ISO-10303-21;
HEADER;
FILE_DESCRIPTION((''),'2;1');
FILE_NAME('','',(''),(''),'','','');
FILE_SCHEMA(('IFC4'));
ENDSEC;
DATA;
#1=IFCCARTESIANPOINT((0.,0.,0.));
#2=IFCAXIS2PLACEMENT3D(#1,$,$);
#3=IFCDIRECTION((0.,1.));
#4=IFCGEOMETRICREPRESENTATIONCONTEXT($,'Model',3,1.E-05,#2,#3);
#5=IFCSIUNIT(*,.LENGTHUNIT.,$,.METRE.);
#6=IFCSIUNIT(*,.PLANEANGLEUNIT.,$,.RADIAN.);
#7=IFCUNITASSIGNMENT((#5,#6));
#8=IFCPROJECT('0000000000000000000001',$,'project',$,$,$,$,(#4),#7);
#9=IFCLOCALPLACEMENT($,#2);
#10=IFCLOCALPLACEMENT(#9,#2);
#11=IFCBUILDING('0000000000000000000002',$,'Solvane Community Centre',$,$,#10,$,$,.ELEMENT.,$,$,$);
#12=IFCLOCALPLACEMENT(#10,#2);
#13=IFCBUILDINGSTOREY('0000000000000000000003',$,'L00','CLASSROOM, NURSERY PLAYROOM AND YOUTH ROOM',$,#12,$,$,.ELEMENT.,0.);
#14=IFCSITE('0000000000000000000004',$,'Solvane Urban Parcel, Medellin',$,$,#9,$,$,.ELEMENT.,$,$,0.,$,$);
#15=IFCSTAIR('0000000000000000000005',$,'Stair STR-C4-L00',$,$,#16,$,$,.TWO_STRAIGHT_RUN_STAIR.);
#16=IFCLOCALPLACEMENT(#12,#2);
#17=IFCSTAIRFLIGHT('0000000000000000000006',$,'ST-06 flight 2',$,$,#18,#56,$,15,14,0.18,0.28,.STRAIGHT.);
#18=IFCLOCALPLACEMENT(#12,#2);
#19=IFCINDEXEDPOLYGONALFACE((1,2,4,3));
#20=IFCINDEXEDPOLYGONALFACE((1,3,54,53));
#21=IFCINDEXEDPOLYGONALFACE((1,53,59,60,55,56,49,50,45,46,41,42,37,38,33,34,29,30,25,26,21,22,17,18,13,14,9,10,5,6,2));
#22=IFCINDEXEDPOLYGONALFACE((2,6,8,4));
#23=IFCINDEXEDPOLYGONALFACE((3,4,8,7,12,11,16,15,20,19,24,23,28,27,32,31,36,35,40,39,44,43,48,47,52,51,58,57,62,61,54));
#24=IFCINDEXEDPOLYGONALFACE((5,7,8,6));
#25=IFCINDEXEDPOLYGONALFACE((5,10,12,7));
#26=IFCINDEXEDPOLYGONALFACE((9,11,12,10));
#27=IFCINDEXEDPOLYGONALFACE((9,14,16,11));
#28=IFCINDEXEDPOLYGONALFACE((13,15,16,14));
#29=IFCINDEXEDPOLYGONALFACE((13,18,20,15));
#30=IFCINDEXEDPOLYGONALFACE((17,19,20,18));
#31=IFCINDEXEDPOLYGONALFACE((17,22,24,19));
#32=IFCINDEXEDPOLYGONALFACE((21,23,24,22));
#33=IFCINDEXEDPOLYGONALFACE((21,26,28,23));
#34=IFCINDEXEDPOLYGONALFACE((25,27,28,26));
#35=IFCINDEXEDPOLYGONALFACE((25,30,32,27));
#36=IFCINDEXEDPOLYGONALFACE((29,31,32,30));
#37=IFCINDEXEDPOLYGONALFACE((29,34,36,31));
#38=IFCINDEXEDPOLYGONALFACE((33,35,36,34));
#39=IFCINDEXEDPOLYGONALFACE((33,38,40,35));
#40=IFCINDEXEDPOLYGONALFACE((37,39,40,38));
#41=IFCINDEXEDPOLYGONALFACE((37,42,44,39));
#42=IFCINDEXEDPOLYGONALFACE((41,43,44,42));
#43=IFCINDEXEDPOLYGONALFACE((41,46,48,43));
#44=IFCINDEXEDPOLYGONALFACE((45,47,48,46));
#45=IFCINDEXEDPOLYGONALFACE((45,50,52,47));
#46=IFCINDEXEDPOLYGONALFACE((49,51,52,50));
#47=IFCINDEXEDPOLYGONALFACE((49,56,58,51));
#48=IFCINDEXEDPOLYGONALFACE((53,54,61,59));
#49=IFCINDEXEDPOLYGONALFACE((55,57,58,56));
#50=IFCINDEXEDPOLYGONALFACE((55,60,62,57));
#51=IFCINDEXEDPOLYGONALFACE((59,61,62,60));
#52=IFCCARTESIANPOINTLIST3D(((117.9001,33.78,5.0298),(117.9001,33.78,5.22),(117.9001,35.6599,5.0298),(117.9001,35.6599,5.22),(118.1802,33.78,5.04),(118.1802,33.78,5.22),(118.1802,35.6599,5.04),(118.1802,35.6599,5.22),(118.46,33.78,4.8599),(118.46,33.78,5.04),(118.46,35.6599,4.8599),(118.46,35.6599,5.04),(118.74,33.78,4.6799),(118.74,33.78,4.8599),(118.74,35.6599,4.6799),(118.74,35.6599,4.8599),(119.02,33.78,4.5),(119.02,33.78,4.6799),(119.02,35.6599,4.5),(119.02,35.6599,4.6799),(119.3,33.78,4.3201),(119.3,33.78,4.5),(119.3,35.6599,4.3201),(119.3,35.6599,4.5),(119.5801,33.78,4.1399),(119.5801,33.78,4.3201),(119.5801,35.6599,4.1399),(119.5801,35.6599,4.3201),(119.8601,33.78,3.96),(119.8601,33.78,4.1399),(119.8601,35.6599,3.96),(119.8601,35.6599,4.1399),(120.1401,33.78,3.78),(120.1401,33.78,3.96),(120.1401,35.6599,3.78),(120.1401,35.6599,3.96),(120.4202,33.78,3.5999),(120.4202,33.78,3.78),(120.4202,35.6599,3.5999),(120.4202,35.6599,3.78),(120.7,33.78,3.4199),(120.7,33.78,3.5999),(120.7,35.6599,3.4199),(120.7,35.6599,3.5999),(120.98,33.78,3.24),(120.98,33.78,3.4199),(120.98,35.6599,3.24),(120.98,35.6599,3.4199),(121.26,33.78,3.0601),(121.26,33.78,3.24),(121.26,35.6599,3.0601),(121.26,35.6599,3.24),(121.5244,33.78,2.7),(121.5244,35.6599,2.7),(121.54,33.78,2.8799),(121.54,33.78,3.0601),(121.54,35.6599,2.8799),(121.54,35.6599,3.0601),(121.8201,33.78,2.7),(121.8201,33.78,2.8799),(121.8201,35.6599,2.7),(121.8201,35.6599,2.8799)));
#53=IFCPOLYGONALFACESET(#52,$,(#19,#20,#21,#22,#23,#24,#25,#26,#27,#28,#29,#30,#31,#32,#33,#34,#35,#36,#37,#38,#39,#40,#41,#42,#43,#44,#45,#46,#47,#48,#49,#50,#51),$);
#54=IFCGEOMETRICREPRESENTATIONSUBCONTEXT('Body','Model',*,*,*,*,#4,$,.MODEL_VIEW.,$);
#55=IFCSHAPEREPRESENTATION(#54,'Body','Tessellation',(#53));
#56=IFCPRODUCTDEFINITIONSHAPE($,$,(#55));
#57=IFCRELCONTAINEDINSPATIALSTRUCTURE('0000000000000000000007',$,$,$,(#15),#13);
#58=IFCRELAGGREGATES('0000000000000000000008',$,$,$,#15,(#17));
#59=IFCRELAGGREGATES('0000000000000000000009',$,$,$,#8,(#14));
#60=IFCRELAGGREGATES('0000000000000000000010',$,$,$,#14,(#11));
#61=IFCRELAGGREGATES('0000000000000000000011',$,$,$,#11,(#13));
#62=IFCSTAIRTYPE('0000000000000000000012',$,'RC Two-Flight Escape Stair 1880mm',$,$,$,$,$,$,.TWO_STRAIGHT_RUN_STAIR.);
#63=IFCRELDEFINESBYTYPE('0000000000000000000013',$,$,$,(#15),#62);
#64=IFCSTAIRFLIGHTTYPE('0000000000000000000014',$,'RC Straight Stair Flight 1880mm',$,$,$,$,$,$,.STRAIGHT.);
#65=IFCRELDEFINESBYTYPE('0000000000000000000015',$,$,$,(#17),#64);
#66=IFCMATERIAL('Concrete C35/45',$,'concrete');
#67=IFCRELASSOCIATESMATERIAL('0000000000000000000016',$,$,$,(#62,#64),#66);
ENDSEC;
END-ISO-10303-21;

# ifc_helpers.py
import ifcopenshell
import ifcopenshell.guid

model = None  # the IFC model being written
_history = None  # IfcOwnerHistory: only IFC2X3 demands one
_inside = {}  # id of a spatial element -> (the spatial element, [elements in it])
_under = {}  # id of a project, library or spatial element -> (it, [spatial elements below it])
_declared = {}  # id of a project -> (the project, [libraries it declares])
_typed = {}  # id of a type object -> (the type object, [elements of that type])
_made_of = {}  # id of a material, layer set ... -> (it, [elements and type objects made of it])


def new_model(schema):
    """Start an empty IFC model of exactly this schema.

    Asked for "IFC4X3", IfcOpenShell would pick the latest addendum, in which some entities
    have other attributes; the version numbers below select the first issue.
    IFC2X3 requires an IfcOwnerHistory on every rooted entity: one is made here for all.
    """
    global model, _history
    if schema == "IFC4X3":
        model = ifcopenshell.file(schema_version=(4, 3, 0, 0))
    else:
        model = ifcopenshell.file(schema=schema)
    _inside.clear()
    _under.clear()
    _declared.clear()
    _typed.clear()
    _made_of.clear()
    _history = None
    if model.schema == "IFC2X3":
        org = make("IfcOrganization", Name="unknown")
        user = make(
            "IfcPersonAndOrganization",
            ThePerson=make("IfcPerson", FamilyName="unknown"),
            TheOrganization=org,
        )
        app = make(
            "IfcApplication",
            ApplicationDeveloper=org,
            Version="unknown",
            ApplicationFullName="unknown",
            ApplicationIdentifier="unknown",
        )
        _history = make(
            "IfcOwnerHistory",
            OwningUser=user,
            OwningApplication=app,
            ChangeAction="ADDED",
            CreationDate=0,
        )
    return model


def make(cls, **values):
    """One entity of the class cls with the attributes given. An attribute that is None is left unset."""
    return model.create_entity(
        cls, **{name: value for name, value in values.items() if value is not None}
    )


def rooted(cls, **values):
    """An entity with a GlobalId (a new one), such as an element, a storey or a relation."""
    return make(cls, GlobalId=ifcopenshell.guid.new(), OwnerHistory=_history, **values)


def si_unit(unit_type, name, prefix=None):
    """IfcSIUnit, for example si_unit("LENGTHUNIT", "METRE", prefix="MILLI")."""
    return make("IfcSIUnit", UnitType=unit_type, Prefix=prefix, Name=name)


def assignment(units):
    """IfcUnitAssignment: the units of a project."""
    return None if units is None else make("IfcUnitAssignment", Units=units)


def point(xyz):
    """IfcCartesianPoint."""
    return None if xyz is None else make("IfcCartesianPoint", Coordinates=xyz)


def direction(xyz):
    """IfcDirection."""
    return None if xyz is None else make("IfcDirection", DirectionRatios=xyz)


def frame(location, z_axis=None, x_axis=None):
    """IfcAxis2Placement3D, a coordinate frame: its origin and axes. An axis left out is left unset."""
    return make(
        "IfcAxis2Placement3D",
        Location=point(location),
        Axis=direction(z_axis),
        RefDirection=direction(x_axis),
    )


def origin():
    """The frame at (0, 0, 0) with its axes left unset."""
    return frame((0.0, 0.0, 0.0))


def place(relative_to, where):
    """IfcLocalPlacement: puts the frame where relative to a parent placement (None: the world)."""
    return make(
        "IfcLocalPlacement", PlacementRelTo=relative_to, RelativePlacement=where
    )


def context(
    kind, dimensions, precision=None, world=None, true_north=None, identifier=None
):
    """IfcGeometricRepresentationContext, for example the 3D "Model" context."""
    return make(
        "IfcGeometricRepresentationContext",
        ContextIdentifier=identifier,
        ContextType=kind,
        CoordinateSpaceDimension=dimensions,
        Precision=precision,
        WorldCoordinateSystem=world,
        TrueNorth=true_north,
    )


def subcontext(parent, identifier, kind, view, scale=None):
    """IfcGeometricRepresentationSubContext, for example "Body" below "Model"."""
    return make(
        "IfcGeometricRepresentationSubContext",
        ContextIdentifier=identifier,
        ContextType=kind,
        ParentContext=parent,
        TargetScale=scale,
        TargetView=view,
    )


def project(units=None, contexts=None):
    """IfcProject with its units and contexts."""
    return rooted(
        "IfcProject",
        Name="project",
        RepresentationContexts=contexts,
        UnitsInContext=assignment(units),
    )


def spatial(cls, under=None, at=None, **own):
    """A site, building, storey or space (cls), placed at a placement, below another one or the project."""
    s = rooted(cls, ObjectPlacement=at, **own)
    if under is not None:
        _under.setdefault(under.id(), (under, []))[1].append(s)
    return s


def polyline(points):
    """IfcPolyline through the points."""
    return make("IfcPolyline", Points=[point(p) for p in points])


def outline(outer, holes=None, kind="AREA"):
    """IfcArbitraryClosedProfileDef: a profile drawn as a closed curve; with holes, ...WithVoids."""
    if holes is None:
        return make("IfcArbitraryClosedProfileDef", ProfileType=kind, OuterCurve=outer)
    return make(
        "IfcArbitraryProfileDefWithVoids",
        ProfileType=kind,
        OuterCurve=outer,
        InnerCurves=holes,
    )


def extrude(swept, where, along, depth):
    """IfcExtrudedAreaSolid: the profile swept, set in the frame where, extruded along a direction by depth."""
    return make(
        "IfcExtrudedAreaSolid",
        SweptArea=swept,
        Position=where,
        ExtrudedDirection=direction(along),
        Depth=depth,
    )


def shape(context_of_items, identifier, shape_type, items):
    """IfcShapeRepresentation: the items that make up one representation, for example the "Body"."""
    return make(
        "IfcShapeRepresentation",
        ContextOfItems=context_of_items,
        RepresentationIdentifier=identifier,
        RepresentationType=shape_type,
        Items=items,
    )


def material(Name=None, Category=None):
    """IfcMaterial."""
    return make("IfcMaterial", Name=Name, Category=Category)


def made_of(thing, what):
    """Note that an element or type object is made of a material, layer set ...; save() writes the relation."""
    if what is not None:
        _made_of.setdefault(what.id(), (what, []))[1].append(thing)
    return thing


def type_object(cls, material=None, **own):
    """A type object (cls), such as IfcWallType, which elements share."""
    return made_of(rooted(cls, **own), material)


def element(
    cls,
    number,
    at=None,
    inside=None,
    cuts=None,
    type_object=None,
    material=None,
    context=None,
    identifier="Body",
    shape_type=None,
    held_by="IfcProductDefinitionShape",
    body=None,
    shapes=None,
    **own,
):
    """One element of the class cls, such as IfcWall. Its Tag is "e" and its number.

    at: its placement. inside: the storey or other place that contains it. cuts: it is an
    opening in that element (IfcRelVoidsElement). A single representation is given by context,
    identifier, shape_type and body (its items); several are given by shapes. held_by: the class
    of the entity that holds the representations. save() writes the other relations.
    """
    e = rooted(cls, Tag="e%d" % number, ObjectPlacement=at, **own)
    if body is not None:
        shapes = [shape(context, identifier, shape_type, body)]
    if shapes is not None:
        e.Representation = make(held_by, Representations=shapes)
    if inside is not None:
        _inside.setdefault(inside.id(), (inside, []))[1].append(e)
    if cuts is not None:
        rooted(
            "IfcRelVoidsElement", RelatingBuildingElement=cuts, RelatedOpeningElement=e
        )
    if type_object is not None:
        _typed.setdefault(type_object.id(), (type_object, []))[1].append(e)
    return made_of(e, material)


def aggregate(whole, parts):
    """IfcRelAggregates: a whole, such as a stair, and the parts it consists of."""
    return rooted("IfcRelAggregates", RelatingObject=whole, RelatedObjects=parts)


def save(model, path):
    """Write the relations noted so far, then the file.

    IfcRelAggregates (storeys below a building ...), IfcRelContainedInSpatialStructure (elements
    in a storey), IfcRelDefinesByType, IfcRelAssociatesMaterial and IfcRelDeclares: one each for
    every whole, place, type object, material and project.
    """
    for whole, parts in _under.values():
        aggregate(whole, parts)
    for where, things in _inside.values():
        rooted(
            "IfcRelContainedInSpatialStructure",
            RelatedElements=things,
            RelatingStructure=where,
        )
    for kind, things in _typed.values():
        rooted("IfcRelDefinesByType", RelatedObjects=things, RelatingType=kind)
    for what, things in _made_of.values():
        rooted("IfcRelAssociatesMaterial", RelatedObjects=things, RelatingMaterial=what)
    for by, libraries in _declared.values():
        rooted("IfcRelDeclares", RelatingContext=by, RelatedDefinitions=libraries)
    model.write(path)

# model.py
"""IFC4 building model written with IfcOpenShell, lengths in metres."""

from ifc_helpers import new_model, si_unit, direction, frame, origin, place, context, subcontext, project, spatial, polyline, outline, extrude, material, type_object, element, aggregate, save


model = new_model("IFC4")

# Units and contexts
model_context = context("Model", 3, precision=1e-05, world=origin(), true_north=direction((0.0, 1.0)))
body_context = subcontext(model_context, "Body", "Model", "MODEL_VIEW")
ifc_project = project(units=[si_unit("LENGTHUNIT", "METRE"), si_unit("PLANEANGLEUNIT", "RADIAN")], contexts=[model_context])

# Site, building, storey
site_placement = place(None, origin())
site = spatial("IfcSite", under=ifc_project, at=site_placement, Name="Solvane Urban Parcel, Medellin", CompositionType="ELEMENT", RefElevation=0.0)
building_placement = place(site_placement, origin())
building = spatial("IfcBuilding", under=site, at=building_placement, Name="Solvane Community Centre", CompositionType="ELEMENT")
storey_placement = place(building_placement, origin())
storey = spatial("IfcBuildingStorey", under=building, at=storey_placement, Name="L00", Description="CLASSROOM, NURSERY PLAYROOM AND YOUTH ROOM", CompositionType="ELEMENT", Elevation=0.0)

# Shared definitions
ifc_material_1 = material(Name="Concrete C35/45", Category="concrete")

# Stair, stair flight
stair_type = type_object("IfcStairType", Name="RC Two-Flight Escape Stair 1880mm", PredefinedType="TWO_STRAIGHT_RUN_STAIR", material=ifc_material_1)
stair_placement = place(storey_placement, origin())
stair = element("IfcStair", 1, at=stair_placement, inside=storey, type_object=stair_type, Name="Stair STR-C4-L00", PredefinedType="TWO_STRAIGHT_RUN_STAIR")
stair_flight_type = type_object("IfcStairFlightType", Name="RC Straight Stair Flight 1880mm", PredefinedType="STRAIGHT", material=ifc_material_1)
stair_flight_1_placement = place(storey_placement, frame((121.8201, 34.72, 2.7), z_axis=(0.0, 0.0, 1.0), x_axis=(-1.0, 0.0, 0.0)))
stair_flight_1 = element("IfcStairFlight", 2, at=stair_flight_1_placement, type_object=stair_flight_type, Name="ST-06 flight 2", NumberOfRisers=15, NumberOfTreads=14, PredefinedType="STRAIGHT", RiserHeight=0.18, TreadLength=0.28, context=body_context, shape_type="SweptSolid", body=[
    extrude(outline(polyline([(0.0, 0.0), (0.0, 0.1799), (0.28, 0.1799), (0.28, 0.3601), (0.5601, 0.3601), (0.5601, 0.54), (0.8401, 0.54), (0.8401, 0.72), (1.1201, 0.72), (1.1201, 0.8999), (1.3999, 0.8999), (1.3999, 1.0801), (1.6799, 1.0801), (1.6799, 1.26), (1.96, 1.26), (1.96, 1.4399), (2.24, 1.4399), (2.24, 1.6201), (2.52, 1.6201), (2.52, 1.8), (2.8, 1.8), (2.8, 1.98), (3.0801, 1.98), (3.0801, 2.1599), (3.3601, 2.1599), (3.3601, 2.3401), (3.6399, 2.3401), (3.6399, 2.52), (3.9199, 2.52), (3.9199, 2.7), (3.9199, 2.3298), (0.2957, 0.0), (0.0, 0.0)])), frame((0.0, 0.9399, 0.0), z_axis=(0.0, -1.0, 0.0), x_axis=(1.0, 0.0, 0.0)), (0.0, 0.0, 1.0), 1.8799),
])
aggregate(stair, [stair_flight_1])

save(model, "model.ifc")
